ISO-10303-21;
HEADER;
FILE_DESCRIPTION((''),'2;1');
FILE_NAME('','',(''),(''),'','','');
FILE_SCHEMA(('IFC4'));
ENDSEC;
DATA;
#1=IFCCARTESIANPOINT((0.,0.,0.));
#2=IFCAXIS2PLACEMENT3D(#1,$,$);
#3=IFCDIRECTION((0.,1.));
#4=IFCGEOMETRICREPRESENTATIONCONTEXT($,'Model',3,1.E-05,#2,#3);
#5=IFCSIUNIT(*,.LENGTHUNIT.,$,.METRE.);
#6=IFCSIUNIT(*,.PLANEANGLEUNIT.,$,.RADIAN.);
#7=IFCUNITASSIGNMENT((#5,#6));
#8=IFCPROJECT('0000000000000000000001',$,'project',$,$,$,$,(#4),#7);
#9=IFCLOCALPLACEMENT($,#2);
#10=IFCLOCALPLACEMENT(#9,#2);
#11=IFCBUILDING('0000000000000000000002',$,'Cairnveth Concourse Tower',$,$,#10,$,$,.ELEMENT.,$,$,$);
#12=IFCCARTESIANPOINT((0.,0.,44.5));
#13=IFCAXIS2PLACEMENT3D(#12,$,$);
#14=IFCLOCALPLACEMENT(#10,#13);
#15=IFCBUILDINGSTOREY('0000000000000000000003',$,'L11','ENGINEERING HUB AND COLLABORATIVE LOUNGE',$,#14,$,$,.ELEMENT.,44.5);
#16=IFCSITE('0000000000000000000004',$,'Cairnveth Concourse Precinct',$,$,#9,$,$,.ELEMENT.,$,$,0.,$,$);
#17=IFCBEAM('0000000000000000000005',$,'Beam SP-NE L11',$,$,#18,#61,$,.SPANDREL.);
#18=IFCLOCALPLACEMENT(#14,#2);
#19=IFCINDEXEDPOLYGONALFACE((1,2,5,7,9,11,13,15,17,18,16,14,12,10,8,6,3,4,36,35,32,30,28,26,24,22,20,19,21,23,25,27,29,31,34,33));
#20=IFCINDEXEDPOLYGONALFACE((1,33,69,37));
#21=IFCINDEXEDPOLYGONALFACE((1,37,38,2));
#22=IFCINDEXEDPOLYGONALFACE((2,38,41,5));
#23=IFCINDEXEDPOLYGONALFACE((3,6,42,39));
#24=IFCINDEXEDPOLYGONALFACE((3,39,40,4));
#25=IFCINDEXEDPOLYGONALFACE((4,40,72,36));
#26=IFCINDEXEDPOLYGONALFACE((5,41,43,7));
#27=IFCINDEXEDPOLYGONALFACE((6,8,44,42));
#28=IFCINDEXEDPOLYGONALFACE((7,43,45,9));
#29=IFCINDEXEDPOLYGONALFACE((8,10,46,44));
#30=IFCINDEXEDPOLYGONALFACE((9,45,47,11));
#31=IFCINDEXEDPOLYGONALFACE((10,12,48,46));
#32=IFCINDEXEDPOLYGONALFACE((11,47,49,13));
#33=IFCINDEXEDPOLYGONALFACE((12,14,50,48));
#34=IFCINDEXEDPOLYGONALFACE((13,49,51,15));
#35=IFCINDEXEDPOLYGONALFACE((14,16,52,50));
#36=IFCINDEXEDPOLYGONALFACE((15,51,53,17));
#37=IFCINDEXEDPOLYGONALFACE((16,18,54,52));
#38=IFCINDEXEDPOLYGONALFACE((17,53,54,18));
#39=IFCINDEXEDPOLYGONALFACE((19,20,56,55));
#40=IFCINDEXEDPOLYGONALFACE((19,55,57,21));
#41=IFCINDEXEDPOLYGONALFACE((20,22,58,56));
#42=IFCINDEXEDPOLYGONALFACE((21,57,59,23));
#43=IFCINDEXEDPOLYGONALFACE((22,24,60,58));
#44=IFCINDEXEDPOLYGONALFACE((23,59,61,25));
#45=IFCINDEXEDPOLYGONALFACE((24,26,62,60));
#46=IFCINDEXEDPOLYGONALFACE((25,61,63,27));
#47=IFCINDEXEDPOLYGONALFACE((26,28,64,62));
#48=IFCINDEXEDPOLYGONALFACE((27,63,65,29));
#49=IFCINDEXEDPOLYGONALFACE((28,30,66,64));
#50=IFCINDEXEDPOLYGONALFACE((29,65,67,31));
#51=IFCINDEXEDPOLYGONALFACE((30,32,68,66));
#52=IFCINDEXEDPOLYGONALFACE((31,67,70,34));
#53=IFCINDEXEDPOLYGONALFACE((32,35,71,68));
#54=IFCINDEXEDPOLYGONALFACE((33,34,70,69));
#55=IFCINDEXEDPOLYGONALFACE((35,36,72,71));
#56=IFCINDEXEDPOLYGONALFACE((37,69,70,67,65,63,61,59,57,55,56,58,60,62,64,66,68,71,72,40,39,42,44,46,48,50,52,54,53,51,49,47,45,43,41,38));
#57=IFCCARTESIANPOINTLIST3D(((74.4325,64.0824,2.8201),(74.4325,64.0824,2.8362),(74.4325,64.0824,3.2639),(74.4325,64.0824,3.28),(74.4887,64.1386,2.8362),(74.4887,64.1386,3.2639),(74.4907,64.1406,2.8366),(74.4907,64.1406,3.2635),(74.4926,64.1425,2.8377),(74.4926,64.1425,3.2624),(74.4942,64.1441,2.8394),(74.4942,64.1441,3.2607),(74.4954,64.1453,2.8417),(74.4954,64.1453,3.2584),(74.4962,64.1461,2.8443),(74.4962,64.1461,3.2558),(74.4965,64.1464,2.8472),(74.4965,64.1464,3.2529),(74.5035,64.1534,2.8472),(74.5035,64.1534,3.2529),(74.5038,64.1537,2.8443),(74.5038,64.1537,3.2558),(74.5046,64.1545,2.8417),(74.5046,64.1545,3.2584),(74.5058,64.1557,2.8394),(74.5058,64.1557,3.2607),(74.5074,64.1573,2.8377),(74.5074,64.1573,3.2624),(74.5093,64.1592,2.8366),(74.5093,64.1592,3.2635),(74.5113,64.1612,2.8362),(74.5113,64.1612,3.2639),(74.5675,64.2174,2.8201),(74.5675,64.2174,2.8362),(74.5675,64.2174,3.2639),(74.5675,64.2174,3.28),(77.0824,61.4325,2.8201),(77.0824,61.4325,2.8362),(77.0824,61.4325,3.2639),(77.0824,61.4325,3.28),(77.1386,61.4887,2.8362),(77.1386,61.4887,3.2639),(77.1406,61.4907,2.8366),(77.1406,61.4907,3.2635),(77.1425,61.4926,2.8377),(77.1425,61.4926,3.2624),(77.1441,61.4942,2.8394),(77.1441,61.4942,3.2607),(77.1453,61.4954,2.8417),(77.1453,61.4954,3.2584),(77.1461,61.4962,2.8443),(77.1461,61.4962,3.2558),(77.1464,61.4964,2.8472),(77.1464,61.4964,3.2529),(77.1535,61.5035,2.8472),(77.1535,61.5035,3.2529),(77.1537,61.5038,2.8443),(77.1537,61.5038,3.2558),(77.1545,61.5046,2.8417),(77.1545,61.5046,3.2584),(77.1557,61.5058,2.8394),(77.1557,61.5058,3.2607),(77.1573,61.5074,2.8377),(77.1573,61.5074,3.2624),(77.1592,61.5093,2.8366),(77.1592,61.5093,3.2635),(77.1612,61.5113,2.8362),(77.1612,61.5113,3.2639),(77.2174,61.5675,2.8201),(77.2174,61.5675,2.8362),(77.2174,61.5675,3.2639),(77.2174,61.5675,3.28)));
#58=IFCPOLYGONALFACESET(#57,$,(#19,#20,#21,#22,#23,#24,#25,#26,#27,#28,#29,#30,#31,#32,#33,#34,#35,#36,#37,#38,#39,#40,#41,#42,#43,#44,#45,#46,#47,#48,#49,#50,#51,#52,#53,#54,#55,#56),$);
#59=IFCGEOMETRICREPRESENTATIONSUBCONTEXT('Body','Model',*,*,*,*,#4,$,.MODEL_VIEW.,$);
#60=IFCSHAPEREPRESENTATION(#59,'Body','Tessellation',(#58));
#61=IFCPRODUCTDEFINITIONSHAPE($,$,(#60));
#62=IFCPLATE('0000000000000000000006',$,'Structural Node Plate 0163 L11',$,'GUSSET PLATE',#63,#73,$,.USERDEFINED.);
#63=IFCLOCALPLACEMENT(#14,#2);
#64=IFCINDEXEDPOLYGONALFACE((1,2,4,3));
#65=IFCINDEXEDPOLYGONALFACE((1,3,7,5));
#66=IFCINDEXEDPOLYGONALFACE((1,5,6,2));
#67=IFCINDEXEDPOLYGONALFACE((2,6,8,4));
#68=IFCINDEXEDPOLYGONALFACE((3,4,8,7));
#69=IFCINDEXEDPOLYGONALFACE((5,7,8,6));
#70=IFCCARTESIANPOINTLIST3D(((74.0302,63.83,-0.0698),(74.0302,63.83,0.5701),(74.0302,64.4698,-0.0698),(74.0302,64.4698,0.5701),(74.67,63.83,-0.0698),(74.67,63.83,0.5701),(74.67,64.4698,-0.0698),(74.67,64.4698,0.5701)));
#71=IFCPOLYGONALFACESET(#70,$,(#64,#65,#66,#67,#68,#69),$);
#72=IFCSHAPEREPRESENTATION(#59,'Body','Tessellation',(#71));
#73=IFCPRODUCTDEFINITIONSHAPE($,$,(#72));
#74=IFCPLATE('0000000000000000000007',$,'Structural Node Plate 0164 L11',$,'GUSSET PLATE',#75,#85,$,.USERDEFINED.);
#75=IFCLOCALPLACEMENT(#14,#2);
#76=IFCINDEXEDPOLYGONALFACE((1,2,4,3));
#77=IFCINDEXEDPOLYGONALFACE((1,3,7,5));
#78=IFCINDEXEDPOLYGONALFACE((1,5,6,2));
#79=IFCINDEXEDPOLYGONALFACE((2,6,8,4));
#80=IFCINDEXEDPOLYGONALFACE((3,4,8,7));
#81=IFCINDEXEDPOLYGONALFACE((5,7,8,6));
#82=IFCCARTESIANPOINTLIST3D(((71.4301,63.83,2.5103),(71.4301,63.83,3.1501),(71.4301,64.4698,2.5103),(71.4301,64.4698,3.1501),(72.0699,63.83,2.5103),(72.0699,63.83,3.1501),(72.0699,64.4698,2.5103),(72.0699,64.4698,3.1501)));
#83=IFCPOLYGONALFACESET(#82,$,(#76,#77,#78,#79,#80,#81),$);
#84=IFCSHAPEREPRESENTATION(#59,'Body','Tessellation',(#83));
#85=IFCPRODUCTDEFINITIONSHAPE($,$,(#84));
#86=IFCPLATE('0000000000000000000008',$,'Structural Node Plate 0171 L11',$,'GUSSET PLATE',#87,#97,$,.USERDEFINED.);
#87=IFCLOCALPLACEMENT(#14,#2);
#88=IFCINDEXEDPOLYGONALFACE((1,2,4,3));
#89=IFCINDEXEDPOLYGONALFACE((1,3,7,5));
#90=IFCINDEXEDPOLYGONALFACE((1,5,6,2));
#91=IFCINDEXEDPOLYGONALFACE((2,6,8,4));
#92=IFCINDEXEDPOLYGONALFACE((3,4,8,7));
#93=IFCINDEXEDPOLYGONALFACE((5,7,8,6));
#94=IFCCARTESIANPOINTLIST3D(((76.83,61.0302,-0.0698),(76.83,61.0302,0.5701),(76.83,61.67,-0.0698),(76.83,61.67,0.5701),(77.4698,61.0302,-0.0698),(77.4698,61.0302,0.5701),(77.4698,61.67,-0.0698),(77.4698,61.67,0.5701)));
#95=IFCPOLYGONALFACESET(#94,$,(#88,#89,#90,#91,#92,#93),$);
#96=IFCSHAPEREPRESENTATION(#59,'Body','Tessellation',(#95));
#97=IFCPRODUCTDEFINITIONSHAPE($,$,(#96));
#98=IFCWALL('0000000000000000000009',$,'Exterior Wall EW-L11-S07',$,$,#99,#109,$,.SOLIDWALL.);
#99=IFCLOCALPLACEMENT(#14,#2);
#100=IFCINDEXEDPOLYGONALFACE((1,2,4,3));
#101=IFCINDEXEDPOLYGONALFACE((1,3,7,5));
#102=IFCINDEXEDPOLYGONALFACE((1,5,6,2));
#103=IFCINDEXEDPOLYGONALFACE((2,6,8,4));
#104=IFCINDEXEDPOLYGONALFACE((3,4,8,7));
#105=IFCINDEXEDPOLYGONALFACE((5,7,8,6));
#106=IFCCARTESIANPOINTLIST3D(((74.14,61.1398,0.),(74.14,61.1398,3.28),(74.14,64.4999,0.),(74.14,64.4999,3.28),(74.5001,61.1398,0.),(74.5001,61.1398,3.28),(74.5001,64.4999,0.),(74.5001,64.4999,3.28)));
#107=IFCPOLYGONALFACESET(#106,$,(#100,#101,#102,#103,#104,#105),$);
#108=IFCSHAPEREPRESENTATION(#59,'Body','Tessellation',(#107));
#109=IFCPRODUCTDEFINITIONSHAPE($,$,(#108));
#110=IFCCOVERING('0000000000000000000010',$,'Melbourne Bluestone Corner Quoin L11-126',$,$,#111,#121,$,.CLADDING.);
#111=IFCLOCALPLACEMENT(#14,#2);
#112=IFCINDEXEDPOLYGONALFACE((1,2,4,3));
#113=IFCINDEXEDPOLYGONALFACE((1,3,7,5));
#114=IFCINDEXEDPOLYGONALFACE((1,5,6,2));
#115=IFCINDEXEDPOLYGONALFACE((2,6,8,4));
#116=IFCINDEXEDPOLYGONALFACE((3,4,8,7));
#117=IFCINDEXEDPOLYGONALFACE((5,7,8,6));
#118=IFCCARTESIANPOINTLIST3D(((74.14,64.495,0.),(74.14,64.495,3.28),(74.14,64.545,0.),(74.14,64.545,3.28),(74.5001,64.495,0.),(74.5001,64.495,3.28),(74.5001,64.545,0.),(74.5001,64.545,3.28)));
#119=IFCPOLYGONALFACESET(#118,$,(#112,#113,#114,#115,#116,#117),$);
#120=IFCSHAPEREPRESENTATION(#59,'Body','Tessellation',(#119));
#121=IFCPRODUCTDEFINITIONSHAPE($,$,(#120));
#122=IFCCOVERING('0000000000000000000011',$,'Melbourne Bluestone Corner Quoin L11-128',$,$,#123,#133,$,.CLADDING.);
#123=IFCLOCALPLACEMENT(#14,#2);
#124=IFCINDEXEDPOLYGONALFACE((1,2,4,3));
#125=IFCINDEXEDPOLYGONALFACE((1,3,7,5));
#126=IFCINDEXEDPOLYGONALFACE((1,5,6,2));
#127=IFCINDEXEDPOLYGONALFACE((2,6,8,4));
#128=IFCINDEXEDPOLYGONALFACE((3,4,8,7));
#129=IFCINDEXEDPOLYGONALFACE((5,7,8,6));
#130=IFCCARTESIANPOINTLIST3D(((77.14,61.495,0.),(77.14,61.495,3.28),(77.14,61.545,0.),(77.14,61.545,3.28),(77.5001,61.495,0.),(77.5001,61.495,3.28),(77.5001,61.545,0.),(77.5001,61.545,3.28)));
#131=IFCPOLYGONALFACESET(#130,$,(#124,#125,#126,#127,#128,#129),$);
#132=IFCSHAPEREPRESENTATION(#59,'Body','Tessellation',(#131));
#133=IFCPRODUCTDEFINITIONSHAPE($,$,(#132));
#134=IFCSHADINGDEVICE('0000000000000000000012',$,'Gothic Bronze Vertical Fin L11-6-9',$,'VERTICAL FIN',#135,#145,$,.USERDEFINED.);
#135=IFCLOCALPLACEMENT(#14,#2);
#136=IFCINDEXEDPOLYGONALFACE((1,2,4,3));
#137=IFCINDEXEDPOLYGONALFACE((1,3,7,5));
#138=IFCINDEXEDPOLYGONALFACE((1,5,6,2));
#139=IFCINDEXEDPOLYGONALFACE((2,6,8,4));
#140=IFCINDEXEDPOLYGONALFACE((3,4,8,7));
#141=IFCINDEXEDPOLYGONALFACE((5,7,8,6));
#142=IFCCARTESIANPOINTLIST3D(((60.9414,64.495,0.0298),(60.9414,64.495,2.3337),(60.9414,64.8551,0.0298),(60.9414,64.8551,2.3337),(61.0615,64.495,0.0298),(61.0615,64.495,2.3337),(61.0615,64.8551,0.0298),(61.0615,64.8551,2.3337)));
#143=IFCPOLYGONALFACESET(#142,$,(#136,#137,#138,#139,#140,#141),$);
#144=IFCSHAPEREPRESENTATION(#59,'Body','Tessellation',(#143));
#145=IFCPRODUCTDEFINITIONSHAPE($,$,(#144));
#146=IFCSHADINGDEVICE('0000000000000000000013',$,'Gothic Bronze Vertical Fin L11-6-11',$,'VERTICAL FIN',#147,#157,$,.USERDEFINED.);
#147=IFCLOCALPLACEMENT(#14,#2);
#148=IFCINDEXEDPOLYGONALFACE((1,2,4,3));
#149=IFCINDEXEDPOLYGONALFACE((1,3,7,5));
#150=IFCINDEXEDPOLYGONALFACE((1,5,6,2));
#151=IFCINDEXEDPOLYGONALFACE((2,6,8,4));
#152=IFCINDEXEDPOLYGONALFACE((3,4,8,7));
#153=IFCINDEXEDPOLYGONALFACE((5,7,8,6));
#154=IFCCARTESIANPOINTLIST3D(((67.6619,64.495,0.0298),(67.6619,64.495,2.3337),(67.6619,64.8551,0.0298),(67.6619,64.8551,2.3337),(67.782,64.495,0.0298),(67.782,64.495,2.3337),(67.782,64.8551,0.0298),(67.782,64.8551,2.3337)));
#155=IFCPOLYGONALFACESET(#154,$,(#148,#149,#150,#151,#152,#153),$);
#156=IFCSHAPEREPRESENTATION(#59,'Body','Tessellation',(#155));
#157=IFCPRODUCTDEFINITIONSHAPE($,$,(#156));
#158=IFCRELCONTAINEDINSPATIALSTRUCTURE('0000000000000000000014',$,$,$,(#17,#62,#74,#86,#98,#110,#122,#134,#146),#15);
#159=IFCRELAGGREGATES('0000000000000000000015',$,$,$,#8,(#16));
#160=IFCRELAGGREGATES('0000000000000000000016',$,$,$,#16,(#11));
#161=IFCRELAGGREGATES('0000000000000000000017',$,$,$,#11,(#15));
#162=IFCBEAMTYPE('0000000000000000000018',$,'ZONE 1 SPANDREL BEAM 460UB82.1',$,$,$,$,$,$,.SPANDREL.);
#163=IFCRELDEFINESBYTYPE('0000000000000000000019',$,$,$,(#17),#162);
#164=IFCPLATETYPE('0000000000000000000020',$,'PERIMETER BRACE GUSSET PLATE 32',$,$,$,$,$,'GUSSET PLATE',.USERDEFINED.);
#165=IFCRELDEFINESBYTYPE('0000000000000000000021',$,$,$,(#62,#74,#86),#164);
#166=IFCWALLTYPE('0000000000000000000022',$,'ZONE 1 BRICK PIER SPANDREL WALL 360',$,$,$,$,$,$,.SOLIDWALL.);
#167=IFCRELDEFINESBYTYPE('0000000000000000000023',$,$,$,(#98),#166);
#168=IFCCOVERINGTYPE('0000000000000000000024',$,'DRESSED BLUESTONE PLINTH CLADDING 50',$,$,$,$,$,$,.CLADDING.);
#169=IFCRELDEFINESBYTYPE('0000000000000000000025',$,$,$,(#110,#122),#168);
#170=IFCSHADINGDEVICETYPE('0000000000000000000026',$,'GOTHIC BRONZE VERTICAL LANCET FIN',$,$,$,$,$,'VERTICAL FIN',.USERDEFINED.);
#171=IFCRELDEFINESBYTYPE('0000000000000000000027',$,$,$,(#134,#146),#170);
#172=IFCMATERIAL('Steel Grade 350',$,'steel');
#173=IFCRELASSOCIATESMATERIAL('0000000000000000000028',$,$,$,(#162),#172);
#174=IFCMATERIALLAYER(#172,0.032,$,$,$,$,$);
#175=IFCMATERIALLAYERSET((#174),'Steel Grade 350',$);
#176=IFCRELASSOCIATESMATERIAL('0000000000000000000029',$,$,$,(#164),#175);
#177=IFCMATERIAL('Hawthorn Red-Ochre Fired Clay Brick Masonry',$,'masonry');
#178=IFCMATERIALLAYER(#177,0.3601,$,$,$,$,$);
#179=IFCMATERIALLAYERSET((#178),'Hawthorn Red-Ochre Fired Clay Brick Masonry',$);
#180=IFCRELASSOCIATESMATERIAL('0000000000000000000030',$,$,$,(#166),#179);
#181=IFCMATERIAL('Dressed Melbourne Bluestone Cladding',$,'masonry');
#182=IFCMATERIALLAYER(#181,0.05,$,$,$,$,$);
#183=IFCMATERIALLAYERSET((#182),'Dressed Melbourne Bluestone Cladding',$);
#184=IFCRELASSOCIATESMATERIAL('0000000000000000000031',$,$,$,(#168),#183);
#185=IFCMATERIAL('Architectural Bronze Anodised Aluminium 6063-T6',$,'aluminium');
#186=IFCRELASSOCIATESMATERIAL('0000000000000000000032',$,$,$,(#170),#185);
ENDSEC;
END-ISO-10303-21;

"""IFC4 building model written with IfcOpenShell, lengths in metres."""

from ifc_helpers import new_model, si_unit, direction, frame, frame_2d, origin, origin_2d, place, context, subcontext, project, spatial, rectangle, i_section, extrude, material, layer, layer_set, material_profile, profile_set, type_object, element, save


model = new_model("IFC4")

# Units and contexts
model_context = context("Model", 3, precision=1e-05, world=origin(), true_north=direction((0.0, 1.0)))
body_context = subcontext(model_context, "Body", "Model", "MODEL_VIEW")
ifc_project = project(units=[si_unit("LENGTHUNIT", "METRE"), si_unit("PLANEANGLEUNIT", "RADIAN")], contexts=[model_context])

# Site, building, storey
site_placement = place(None, origin())
site = spatial("IfcSite", under=ifc_project, at=site_placement, Name="Cairnveth Concourse Precinct", CompositionType="ELEMENT", RefElevation=0.0)
building_placement = place(site_placement, origin())
building = spatial("IfcBuilding", under=site, at=building_placement, Name="Cairnveth Concourse Tower", CompositionType="ELEMENT")
storey_placement = place(building_placement, frame((0.0, 0.0, 44.5)))
storey = spatial("IfcBuildingStorey", under=building, at=storey_placement, Name="L11", Description="ENGINEERING HUB AND COLLABORATIVE LOUNGE", CompositionType="ELEMENT", Elevation=44.5)

# Shared definitions
ifc_material_1 = material(Name="Steel Grade 350", Category="steel")

# Beam
ifc_material_profile_1 = material_profile(ifc_material_1, i_section(OverallWidth=0.1909, OverallDepth=0.46, WebThickness=0.01, FlangeThickness=0.0161, FilletRadius=0.011, at=origin_2d()), Name="460UB82.1")
ifc_profile_set_1 = profile_set([ifc_material_profile_1], Name="Steel Grade 350")
beam_type_1 = type_object("IfcBeamType", Name="ZONE 1 SPANDREL BEAM 460UB82.1", PredefinedType="SPANDREL", material=ifc_profile_set_1)
beam_1_placement = place(storey_placement, frame((74.5, 64.1499, 3.05), z_axis=(0.707107, -0.707107, 0.0), x_axis=(0.707107, 0.707107, 0.0)))
element("IfcBeam", 1, at=beam_1_placement, inside=storey, type_object=beam_type_1, Name="Beam SP-NE L11", PredefinedType="SPANDREL", context=body_context, shape_type="SweptSolid", body=[
    extrude(i_section(OverallWidth=0.1909, OverallDepth=0.46, WebThickness=0.01, FlangeThickness=0.0161, FilletRadius=0.011, at=origin_2d()), origin(), (0.0, 0.0, 1.0), 3.7476),
])

# Plates
ifc_layer_1 = layer(ifc_material_1, 0.032)
ifc_layer_set_1 = layer_set([ifc_layer_1], Name="Steel Grade 350")
plate_type = type_object("IfcPlateType", Name="PERIMETER BRACE GUSSET PLATE 32", ElementType="GUSSET PLATE", PredefinedType="USERDEFINED", material=ifc_layer_set_1)
for number, where, z_axis, x_axis, name in (
    (2, (74.3501, 64.1499, -0.0698), (0.0, 0.0, 1.0), (1.0, 0.0, 0.0), "Structural Node Plate 0163 L11"),
    (3, (71.75, 64.1499, 2.5103), (0.0, 0.0, 1.0), (1.0, 0.0, 0.0), "Structural Node Plate 0164 L11"),
    (4, (77.1499, 61.3501, -0.0698), (0.0, 0.0, 1.0), (1.0, 0.0, 0.0), "Structural Node Plate 0171 L11"),
):
    element("IfcPlate", number, at=place(storey_placement, frame(where, z_axis=z_axis, x_axis=x_axis)), inside=storey, type_object=plate_type, Name=name, ObjectType="GUSSET PLATE", PredefinedType="USERDEFINED", context=body_context, shape_type="SweptSolid", body=[
        extrude(rectangle(XDim=0.6399, YDim=0.6399, at=origin_2d()), origin(), (0.0, 0.0, 1.0), 0.6399),
    ])

# Wall
ifc_material_2 = material(Name="Hawthorn Red-Ochre Fired Clay Brick Masonry", Category="masonry")
ifc_layer_2 = layer(ifc_material_2, 0.3601)
ifc_layer_set_2 = layer_set([ifc_layer_2], Name="Hawthorn Red-Ochre Fired Clay Brick Masonry")
wall_type = type_object("IfcWallType", Name="ZONE 1 BRICK PIER SPANDREL WALL 360", PredefinedType="SOLIDWALL", material=ifc_layer_set_2)
wall_1_placement = place(storey_placement, frame((74.3201, 64.5, 0.0), z_axis=(0.0, 0.0, 1.0), x_axis=(0.0, -1.0, 0.0)))
element("IfcWall", 5, at=wall_1_placement, inside=storey, type_object=wall_type, Name="Exterior Wall EW-L11-S07", PredefinedType="SOLIDWALL", context=body_context, shape_type="SweptSolid", body=[
    extrude(rectangle(XDim=3.3601, YDim=0.3601, at=frame_2d((1.6802, 0.0))), origin(), (0.0, 0.0, 1.0), 3.28),
])

# Coverings
ifc_material_3 = material(Name="Dressed Melbourne Bluestone Cladding", Category="masonry")
ifc_layer_3 = layer(ifc_material_3, 0.05)
ifc_layer_set_3 = layer_set([ifc_layer_3], Name="Dressed Melbourne Bluestone Cladding")
covering_type = type_object("IfcCoveringType", Name="DRESSED BLUESTONE PLINTH CLADDING 50", PredefinedType="CLADDING", material=ifc_layer_set_3)
for number, where, z_axis, x_axis, name in (
    (6, (74.1399, 64.52, 0.0), (0.0, 0.0, 1.0), (1.0, 0.0, 0.0), "Melbourne Bluestone Corner Quoin L11-126"),
    (7, (77.1399, 61.52, 0.0), (0.0, 0.0, 1.0), (1.0, 0.0, 0.0), "Melbourne Bluestone Corner Quoin L11-128"),
):
    element("IfcCovering", number, at=place(storey_placement, frame(where, z_axis=z_axis, x_axis=x_axis)), inside=storey, type_object=covering_type, Name=name, PredefinedType="CLADDING", context=body_context, shape_type="SweptSolid", body=[
        extrude(rectangle(XDim=0.3601, YDim=0.05, at=frame_2d((0.1802, 0.0))), origin(), (0.0, 0.0, 1.0), 3.28),
    ])

# Shading devices
ifc_material_4 = material(Name="Architectural Bronze Anodised Aluminium 6063-T6", Category="aluminium")
shading_device_type = type_object("IfcShadingDeviceType", Name="GOTHIC BRONZE VERTICAL LANCET FIN", ElementType="VERTICAL FIN", PredefinedType="USERDEFINED", material=ifc_material_4)
for number, where, z_axis, x_axis, name in (
    (8, (61.0015, 64.675, 0.0298), (0.0, 0.0, 1.0), (1.0, 0.0, 0.0), "Gothic Bronze Vertical Fin L11-6-9"),
    (9, (67.7219, 64.675, 0.0298), (0.0, 0.0, 1.0), (1.0, 0.0, 0.0), "Gothic Bronze Vertical Fin L11-6-11"),
):
    element("IfcShadingDevice", number, at=place(storey_placement, frame(where, z_axis=z_axis, x_axis=x_axis)), inside=storey, type_object=shading_device_type, Name=name, ObjectType="VERTICAL FIN", PredefinedType="USERDEFINED", context=body_context, shape_type="SweptSolid", body=[
        extrude(rectangle(XDim=0.1201, YDim=0.3601, at=origin_2d()), origin(), (0.0, 0.0, 1.0), 2.304),
    ])

save(model, "model.ifc")
